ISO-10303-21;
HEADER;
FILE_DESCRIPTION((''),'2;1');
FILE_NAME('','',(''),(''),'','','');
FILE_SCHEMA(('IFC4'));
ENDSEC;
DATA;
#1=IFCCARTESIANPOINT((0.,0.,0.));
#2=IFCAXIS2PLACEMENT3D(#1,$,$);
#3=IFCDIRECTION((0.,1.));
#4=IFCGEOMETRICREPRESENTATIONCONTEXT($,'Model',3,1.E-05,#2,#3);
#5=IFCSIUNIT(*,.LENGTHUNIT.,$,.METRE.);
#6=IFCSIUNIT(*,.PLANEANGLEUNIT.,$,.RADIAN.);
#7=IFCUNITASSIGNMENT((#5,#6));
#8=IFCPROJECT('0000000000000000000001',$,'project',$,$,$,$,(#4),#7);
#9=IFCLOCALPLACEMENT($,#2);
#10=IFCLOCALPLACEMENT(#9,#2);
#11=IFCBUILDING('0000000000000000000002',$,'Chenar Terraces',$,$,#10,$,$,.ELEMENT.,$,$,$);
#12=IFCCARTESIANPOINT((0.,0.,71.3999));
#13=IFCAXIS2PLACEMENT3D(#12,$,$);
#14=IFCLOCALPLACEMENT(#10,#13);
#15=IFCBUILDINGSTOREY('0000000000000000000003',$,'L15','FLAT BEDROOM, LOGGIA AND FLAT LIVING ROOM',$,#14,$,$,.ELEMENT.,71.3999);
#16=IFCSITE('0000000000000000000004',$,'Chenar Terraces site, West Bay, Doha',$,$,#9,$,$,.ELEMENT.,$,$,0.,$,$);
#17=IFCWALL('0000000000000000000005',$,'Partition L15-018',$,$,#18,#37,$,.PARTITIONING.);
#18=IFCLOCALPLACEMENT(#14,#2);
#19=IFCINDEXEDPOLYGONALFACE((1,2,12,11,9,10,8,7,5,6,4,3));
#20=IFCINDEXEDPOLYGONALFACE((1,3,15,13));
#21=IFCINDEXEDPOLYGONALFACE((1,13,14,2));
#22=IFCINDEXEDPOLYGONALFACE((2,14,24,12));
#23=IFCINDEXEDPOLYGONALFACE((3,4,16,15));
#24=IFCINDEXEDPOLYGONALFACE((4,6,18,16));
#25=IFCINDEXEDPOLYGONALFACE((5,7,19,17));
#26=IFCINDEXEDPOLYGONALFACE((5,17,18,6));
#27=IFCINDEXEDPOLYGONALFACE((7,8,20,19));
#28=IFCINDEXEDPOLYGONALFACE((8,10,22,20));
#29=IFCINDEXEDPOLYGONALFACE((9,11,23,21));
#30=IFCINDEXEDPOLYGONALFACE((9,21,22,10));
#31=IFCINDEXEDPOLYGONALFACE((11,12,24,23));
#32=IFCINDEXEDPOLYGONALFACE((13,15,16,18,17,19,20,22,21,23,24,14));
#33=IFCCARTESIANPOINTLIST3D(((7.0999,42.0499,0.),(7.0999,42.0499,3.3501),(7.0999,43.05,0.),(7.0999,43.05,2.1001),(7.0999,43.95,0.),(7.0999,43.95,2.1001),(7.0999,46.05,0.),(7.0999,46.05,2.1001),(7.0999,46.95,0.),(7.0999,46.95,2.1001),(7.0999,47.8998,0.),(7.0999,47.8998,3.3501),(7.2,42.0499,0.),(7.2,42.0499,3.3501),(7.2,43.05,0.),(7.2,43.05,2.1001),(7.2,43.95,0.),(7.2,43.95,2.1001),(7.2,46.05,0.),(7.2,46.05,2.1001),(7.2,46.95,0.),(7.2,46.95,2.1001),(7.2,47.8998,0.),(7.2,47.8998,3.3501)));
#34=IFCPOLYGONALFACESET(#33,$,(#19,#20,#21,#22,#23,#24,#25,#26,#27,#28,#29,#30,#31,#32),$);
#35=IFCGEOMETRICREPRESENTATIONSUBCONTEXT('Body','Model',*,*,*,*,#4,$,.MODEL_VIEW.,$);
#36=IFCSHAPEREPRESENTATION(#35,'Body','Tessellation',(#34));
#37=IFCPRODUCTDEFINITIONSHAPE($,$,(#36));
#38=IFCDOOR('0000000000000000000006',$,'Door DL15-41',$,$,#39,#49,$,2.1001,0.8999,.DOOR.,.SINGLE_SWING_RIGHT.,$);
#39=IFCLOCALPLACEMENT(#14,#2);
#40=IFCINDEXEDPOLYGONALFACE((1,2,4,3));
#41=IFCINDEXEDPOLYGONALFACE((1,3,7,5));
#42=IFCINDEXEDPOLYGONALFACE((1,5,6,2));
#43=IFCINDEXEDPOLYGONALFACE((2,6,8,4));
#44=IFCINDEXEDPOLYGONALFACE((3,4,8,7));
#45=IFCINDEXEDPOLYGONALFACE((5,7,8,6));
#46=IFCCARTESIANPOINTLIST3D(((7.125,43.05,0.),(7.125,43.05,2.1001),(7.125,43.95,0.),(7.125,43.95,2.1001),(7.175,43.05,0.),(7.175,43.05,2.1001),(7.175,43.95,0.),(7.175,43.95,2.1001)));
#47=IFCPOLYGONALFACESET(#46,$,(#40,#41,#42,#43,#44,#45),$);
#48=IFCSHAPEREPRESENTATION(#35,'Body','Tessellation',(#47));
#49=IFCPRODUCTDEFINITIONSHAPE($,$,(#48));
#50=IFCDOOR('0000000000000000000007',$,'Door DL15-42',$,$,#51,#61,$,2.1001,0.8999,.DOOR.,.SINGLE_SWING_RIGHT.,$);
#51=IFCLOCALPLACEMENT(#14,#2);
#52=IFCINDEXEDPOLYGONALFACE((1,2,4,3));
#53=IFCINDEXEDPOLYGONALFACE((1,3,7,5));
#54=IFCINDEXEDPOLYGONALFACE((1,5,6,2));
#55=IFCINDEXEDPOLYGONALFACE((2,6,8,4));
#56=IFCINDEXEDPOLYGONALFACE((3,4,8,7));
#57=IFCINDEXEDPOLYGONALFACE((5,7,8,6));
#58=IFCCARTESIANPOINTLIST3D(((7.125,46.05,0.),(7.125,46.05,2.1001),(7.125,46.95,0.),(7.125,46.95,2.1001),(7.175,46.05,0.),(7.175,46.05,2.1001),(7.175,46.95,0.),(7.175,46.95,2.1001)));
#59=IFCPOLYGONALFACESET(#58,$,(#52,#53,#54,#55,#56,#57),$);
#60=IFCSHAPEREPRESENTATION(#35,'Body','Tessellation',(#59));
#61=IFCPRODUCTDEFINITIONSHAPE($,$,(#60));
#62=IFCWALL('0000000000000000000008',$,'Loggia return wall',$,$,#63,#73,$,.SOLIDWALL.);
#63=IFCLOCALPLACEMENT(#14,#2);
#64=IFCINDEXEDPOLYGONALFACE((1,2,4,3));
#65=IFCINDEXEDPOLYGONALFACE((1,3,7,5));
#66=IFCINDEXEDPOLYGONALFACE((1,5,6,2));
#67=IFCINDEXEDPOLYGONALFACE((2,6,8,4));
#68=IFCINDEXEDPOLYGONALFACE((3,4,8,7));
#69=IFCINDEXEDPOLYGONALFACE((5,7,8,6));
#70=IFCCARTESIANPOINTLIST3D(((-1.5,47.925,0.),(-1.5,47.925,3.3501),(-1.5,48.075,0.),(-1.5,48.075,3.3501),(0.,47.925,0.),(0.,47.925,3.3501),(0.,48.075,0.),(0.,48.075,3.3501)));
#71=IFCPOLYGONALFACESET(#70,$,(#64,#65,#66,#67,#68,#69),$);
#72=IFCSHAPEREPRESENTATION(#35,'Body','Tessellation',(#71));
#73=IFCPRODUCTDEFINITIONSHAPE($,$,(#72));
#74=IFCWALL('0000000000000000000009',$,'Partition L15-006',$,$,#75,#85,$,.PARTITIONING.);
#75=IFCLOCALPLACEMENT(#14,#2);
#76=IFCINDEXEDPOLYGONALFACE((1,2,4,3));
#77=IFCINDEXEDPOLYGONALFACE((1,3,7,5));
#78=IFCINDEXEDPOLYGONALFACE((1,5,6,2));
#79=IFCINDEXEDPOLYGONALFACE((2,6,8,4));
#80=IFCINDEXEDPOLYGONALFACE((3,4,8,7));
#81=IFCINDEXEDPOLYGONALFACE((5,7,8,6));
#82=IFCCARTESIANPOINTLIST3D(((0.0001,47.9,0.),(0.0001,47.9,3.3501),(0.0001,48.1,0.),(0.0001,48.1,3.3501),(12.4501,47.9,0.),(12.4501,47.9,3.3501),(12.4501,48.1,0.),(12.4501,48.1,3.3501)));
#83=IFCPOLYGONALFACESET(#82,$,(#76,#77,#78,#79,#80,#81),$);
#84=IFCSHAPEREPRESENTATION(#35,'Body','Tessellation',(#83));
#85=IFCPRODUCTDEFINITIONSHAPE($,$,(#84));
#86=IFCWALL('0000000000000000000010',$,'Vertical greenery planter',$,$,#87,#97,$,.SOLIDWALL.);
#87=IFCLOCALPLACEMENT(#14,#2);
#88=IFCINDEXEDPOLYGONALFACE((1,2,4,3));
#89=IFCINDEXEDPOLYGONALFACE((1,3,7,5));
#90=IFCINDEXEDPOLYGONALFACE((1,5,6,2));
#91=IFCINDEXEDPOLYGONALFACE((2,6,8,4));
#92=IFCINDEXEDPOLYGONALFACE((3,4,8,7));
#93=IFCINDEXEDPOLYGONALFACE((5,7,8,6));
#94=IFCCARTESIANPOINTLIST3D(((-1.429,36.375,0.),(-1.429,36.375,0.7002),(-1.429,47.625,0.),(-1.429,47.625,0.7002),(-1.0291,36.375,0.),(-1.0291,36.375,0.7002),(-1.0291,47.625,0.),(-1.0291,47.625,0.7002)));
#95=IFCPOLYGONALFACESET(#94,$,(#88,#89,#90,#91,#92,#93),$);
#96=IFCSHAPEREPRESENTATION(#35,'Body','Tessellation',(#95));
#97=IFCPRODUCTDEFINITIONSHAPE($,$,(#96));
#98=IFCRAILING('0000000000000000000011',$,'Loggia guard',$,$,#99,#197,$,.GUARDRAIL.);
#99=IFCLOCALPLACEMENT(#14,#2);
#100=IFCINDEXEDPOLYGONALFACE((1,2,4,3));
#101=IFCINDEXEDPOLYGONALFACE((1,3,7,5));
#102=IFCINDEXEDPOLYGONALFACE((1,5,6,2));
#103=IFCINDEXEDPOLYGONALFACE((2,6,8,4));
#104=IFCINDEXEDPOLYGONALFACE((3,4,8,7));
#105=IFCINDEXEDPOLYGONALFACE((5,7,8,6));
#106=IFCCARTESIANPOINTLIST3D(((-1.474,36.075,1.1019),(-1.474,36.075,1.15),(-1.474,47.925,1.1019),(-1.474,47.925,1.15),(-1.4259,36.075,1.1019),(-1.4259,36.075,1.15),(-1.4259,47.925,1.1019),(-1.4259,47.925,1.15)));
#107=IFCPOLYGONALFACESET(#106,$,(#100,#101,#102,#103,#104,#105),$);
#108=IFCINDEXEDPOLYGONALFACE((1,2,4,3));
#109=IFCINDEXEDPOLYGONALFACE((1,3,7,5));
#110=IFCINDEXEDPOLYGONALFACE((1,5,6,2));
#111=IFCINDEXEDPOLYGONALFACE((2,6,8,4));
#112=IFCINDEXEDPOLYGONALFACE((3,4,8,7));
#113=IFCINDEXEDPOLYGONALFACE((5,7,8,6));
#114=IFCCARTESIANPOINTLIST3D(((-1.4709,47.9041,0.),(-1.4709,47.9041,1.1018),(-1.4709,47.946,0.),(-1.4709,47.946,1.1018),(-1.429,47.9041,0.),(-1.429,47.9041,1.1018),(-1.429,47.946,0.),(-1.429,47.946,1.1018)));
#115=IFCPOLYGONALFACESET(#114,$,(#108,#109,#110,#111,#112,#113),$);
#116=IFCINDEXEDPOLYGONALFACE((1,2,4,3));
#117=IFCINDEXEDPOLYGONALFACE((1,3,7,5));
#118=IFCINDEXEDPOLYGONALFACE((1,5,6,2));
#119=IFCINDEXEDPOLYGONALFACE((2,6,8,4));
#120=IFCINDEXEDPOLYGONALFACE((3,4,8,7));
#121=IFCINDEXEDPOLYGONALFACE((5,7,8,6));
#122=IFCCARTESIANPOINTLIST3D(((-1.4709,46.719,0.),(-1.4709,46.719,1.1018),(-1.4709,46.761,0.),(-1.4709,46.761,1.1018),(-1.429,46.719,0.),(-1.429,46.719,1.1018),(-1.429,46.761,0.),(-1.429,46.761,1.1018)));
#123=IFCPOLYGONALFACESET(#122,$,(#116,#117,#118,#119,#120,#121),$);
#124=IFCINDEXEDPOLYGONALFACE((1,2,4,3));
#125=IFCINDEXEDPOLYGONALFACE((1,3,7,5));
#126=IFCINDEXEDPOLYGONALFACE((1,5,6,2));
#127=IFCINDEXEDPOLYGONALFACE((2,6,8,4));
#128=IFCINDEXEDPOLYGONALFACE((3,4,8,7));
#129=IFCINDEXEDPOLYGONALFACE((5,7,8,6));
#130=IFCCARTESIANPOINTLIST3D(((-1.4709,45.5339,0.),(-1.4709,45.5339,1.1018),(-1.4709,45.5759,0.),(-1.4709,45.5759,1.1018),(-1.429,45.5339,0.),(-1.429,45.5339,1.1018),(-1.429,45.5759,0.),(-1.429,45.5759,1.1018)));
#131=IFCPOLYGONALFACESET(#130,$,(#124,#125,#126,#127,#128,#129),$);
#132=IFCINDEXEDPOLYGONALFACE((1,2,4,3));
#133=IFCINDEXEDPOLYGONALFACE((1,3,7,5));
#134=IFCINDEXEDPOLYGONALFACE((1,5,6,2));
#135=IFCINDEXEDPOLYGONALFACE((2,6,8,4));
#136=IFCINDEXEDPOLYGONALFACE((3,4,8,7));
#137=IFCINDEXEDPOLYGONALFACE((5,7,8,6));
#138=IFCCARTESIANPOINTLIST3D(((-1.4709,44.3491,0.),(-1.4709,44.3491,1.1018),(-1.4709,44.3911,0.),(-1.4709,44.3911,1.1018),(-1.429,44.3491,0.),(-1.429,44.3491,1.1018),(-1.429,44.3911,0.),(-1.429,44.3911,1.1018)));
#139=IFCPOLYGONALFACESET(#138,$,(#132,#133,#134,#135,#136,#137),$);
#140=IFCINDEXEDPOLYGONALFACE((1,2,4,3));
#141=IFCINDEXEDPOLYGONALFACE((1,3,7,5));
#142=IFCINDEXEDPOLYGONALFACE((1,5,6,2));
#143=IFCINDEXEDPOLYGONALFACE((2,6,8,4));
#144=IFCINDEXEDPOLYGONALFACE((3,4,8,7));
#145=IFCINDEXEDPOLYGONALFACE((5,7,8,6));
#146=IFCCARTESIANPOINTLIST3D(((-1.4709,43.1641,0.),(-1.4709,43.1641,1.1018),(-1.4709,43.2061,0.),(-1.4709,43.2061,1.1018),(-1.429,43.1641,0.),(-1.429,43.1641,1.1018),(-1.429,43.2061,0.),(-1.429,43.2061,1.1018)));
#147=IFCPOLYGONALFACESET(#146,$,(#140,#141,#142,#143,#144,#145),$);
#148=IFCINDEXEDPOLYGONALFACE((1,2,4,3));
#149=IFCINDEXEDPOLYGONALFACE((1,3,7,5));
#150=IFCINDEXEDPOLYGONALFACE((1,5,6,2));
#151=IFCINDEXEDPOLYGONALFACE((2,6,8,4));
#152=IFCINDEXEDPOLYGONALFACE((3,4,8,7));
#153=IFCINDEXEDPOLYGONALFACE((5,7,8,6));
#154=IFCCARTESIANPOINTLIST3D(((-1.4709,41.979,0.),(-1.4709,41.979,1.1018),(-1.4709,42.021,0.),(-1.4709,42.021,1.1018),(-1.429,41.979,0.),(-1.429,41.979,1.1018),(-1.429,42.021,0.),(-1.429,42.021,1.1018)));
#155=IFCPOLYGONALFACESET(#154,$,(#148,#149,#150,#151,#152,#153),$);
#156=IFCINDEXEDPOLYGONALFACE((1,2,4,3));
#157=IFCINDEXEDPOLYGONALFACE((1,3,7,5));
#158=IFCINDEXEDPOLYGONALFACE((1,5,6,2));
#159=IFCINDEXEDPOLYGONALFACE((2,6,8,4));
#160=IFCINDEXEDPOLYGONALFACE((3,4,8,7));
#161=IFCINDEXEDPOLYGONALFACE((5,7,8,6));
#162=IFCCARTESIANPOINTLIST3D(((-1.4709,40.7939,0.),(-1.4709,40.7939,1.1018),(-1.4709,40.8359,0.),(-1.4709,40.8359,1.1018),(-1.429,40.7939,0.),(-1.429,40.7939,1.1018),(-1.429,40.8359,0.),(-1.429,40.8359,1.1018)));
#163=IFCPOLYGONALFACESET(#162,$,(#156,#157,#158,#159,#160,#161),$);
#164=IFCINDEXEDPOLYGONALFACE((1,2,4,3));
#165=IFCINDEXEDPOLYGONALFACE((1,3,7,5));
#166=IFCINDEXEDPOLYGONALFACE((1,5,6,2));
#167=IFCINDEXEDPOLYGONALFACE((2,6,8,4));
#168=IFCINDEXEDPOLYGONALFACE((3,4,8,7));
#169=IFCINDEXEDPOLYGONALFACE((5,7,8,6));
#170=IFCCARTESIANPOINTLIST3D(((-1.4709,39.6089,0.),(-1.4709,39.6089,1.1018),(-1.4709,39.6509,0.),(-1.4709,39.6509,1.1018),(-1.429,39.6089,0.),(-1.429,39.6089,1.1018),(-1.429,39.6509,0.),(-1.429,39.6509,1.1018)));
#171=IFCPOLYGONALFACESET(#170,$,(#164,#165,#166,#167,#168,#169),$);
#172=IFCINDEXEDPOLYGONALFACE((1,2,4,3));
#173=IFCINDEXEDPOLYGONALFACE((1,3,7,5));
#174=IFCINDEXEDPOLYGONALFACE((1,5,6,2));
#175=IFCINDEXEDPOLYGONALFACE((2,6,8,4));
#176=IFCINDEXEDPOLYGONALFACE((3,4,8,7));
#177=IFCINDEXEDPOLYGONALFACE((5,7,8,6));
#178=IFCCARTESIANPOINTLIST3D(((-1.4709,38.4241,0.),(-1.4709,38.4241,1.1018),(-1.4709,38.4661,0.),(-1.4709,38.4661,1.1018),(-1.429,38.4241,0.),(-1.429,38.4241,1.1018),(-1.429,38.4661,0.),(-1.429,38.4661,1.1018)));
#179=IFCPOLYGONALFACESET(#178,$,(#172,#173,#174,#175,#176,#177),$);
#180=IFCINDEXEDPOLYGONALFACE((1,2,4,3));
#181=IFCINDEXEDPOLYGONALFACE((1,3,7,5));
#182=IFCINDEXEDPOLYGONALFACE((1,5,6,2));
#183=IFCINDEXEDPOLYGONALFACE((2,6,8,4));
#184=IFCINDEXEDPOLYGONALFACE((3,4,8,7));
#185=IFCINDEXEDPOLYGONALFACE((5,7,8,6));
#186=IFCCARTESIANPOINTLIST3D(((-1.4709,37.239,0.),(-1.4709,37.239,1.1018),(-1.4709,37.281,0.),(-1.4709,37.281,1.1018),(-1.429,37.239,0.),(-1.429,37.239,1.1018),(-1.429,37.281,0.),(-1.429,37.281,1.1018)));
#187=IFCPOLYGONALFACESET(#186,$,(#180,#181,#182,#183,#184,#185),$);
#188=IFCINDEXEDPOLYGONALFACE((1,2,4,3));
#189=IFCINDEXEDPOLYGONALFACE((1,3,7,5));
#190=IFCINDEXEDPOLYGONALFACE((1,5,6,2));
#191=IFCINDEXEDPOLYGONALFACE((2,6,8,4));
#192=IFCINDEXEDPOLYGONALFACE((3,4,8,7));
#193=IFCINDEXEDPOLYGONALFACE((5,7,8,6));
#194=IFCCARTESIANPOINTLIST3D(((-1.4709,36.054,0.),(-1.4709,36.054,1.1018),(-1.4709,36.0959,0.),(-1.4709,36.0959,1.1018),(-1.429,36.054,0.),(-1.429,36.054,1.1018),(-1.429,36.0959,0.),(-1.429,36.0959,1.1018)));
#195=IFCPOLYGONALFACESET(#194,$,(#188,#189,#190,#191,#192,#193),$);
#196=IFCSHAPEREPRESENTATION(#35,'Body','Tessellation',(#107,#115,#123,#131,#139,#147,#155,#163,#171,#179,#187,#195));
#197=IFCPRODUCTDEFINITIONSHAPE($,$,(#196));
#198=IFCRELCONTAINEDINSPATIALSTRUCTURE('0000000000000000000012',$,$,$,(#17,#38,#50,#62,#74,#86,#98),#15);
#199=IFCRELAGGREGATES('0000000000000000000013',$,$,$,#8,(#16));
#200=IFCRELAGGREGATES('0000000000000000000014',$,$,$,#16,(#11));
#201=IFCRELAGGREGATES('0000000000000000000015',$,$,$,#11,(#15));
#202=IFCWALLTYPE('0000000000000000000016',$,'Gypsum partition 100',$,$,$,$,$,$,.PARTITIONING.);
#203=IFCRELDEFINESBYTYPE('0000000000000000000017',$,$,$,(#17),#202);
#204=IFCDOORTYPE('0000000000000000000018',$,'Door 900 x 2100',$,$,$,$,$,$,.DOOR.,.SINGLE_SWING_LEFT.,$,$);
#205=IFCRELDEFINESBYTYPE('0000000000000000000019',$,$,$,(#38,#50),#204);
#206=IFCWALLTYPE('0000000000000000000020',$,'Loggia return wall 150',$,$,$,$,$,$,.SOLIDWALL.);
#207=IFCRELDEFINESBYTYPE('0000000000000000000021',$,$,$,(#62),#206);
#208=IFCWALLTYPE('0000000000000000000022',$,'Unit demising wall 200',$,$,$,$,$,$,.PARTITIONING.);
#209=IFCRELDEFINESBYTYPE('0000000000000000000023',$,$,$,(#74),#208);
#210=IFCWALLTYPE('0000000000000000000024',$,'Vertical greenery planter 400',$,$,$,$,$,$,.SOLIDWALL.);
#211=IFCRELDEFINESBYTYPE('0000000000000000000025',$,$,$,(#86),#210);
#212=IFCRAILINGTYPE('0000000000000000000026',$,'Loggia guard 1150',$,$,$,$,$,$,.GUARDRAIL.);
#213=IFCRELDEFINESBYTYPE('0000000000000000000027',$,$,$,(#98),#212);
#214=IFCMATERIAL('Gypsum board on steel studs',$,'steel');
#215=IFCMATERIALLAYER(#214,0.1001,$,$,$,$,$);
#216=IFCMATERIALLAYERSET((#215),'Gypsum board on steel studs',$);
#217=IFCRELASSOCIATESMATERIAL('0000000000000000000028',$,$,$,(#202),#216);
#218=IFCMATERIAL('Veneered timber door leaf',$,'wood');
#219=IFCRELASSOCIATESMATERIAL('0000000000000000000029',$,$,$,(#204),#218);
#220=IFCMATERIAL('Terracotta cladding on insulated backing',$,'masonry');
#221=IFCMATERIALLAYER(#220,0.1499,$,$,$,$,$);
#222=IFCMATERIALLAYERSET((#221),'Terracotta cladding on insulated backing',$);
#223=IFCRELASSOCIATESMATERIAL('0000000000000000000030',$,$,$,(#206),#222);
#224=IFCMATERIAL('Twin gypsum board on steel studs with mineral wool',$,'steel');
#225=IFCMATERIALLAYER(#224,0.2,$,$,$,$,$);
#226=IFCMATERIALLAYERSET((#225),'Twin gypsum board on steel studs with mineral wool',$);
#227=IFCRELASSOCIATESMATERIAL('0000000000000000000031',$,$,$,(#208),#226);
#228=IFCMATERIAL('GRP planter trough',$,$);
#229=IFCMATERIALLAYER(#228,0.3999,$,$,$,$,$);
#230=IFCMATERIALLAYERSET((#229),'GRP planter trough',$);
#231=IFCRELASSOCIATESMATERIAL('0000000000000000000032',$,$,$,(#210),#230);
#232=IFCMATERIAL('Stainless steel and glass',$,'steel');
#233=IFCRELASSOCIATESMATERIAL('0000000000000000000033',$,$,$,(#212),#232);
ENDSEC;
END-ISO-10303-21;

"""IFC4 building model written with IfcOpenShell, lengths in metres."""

from ifc_helpers import new_model, si_unit, direction, frame, frame_2d, origin, origin_2d, place, context, subcontext, project, spatial, rectangle, extrude, material, layer, layer_set, type_object, element, fill, save


model = new_model("IFC4")

# Units and contexts
model_context = context("Model", 3, precision=1e-05, world=origin(), true_north=direction((0.0, 1.0)))
body_context = subcontext(model_context, "Body", "Model", "MODEL_VIEW")
ifc_project = project(units=[si_unit("LENGTHUNIT", "METRE"), si_unit("PLANEANGLEUNIT", "RADIAN")], contexts=[model_context])

# Site, building, storey
site_placement = place(None, origin())
site = spatial("IfcSite", under=ifc_project, at=site_placement, Name="Chenar Terraces site, West Bay, Doha", CompositionType="ELEMENT", RefElevation=0.0)
building_placement = place(site_placement, origin())
building = spatial("IfcBuilding", under=site, at=building_placement, Name="Chenar Terraces", CompositionType="ELEMENT")
storey_placement = place(building_placement, frame((0.0, 0.0, 71.3999)))
storey = spatial("IfcBuildingStorey", under=building, at=storey_placement, Name="L15", Description="FLAT BEDROOM, LOGGIA AND FLAT LIVING ROOM", CompositionType="ELEMENT", Elevation=71.3999)

# Shared definitions
ifc_material_1 = material(Name="Gypsum board on steel studs", Category="steel")
ifc_layer_1 = layer(ifc_material_1, 0.1001)
ifc_layer_set_1 = layer_set([ifc_layer_1], Name="Gypsum board on steel studs")
wall_type_1 = type_object("IfcWallType", Name="Gypsum partition 100", PredefinedType="PARTITIONING", material=ifc_layer_set_1)

# Wall, openings, doors
wall_1_placement = place(storey_placement, frame((7.1499, 42.05, 0.0), z_axis=(0.0, 0.0, 1.0), x_axis=(0.0, 1.0, 0.0)))
wall_1 = element("IfcWall", 1, at=wall_1_placement, inside=storey, type_object=wall_type_1, Name="Partition L15-018", PredefinedType="PARTITIONING", context=body_context, shape_type="SweptSolid", body=[
    extrude(rectangle(XDim=5.8499, YDim=0.1001, at=frame_2d((2.9248, 0.0))), origin(), (0.0, 0.0, 1.0), 3.3501),
])
opening_1_placement = place(wall_1_placement, frame((1.0, 0.0, 0.0)))
opening_1 = element("IfcOpeningElement", 2, at=opening_1_placement, cuts=wall_1, PredefinedType="OPENING", context=body_context, shape_type="SweptSolid", body=[
    extrude(rectangle(XDim=0.8999, YDim=2.1001, at=frame_2d((0.45, 1.05))), frame((0.0, 0.0601, 0.0), z_axis=(0.0, -1.0, 0.0), x_axis=(1.0, 0.0, 0.0)), (0.0, 0.0, 1.0), 0.1201),
])
opening_2_placement = place(wall_1_placement, frame((4.0, 0.0, 0.0)))
opening_2 = element("IfcOpeningElement", 3, at=opening_2_placement, cuts=wall_1, PredefinedType="OPENING", context=body_context, shape_type="SweptSolid", body=[
    extrude(rectangle(XDim=0.8999, YDim=2.1001, at=frame_2d((0.45, 1.05))), frame((0.0, 0.0601, 0.0), z_axis=(0.0, -1.0, 0.0), x_axis=(1.0, 0.0, 0.0)), (0.0, 0.0, 1.0), 0.1201),
])
ifc_material_2 = material(Name="Veneered timber door leaf", Category="wood")
door_type_1 = type_object("IfcDoorType", Name="Door 900 x 2100", OperationType="SINGLE_SWING_LEFT", PredefinedType="DOOR", material=ifc_material_2)
door_1_placement = place(opening_1_placement, origin())
door_1 = element("IfcDoor", 4, at=door_1_placement, inside=storey, type_object=door_type_1, Name="Door DL15-41", OperationType="SINGLE_SWING_RIGHT", OverallHeight=2.1001, OverallWidth=0.8999, PredefinedType="DOOR", context=body_context, shape_type="SweptSolid", body=[
    extrude(rectangle(XDim=0.8999, YDim=2.1001, at=frame_2d((0.45, 1.05))), frame((0.0, 0.0249, 0.0), z_axis=(0.0, -1.0, 0.0), x_axis=(1.0, 0.0, 0.0)), (0.0, 0.0, 1.0), 0.05),
])
fill(opening_1, door_1)
door_2_placement = place(opening_2_placement, origin())
door_2 = element("IfcDoor", 5, at=door_2_placement, inside=storey, type_object=door_type_1, Name="Door DL15-42", OperationType="SINGLE_SWING_RIGHT", OverallHeight=2.1001, OverallWidth=0.8999, PredefinedType="DOOR", context=body_context, shape_type="SweptSolid", body=[
    extrude(rectangle(XDim=0.8999, YDim=2.1001, at=frame_2d((0.45, 1.05))), frame((0.0, 0.0249, 0.0), z_axis=(0.0, -1.0, 0.0), x_axis=(1.0, 0.0, 0.0)), (0.0, 0.0, 1.0), 0.05),
])
fill(opening_2, door_2)

# Walls
ifc_material_3 = material(Name="Terracotta cladding on insulated backing", Category="masonry")
ifc_layer_2 = layer(ifc_material_3, 0.1499)
ifc_layer_set_2 = layer_set([ifc_layer_2], Name="Terracotta cladding on insulated backing")
wall_type_2 = type_object("IfcWallType", Name="Loggia return wall 150", PredefinedType="SOLIDWALL", material=ifc_layer_set_2)
wall_2_placement = place(storey_placement, frame((-1.5, 48.0, 0.0), z_axis=(0.0, 0.0, 1.0), x_axis=(1.0, 0.0, 0.0)))
element("IfcWall", 6, at=wall_2_placement, inside=storey, type_object=wall_type_2, Name="Loggia return wall", PredefinedType="SOLIDWALL", context=body_context, shape_type="SweptSolid", body=[
    extrude(rectangle(XDim=1.5, YDim=0.1499, at=frame_2d((0.75, 0.0))), origin(), (0.0, 0.0, 1.0), 3.3501),
])
ifc_material_4 = material(Name="Twin gypsum board on steel studs with mineral wool", Category="steel")
ifc_layer_3 = layer(ifc_material_4, 0.2)
ifc_layer_set_3 = layer_set([ifc_layer_3], Name="Twin gypsum board on steel studs with mineral wool")
wall_type_3 = type_object("IfcWallType", Name="Unit demising wall 200", PredefinedType="PARTITIONING", material=ifc_layer_set_3)
wall_3_placement = place(storey_placement, frame((0.0, 48.0, 0.0), z_axis=(0.0, 0.0, 1.0), x_axis=(1.0, 0.0, 0.0)))
element("IfcWall", 7, at=wall_3_placement, inside=storey, type_object=wall_type_3, Name="Partition L15-006", PredefinedType="PARTITIONING", context=body_context, shape_type="SweptSolid", body=[
    extrude(rectangle(XDim=12.45, YDim=0.2, at=frame_2d((6.2251, 0.0))), origin(), (0.0, 0.0, 1.0), 3.3501),
])
ifc_material_5 = material(Name="GRP planter trough")
ifc_layer_4 = layer(ifc_material_5, 0.3999)
ifc_layer_set_4 = layer_set([ifc_layer_4], Name="GRP planter trough")
wall_type_4 = type_object("IfcWallType", Name="Vertical greenery planter 400", PredefinedType="SOLIDWALL", material=ifc_layer_set_4)
wall_4_placement = place(storey_placement, frame((-1.229, 47.625, 0.0), z_axis=(0.0, 0.0, 1.0), x_axis=(0.0, -1.0, 0.0)))
element("IfcWall", 8, at=wall_4_placement, inside=storey, type_object=wall_type_4, Name="Vertical greenery planter", PredefinedType="SOLIDWALL", context=body_context, shape_type="SweptSolid", body=[
    extrude(rectangle(XDim=11.25, YDim=0.3999, at=frame_2d((5.625, 0.0))), origin(), (0.0, 0.0, 1.0), 0.7002),
])

# Railing
ifc_material_6 = material(Name="Stainless steel and glass", Category="steel")
railing_type = type_object("IfcRailingType", Name="Loggia guard 1150", PredefinedType="GUARDRAIL", material=ifc_material_6)
railing_placement = place(storey_placement, frame((-1.45, 47.925, 0.0)))
element("IfcRailing", 9, at=railing_placement, inside=storey, type_object=railing_type, Name="Loggia guard", PredefinedType="GUARDRAIL", context=body_context, shape_type="SweptSolid", body=[
    extrude(rectangle(XDim=0.0481, YDim=0.0481, at=origin_2d()), frame((0.0, 0.0, 1.126), z_axis=(0.0, -1.0, 0.0), x_axis=(1.0, 0.0, 0.0)), (0.0, 0.0, 1.0), 11.8501),
    extrude(rectangle(XDim=0.042, YDim=0.042, at=origin_2d()), origin(), (0.0, 0.0, 1.0), 1.1018),
    extrude(rectangle(XDim=0.042, YDim=0.042, at=origin_2d()), frame((0.0, -1.1851, 0.0)), (0.0, 0.0, 1.0), 1.1018),
    extrude(rectangle(XDim=0.042, YDim=0.042, at=origin_2d()), frame((0.0, -2.3701, 0.0)), (0.0, 0.0, 1.0), 1.1018),
    extrude(rectangle(XDim=0.042, YDim=0.042, at=origin_2d()), frame((0.0, -3.5549, 0.0)), (0.0, 0.0, 1.0), 1.1018),
    extrude(rectangle(XDim=0.042, YDim=0.042, at=origin_2d()), frame((0.0, -4.74, 0.0)), (0.0, 0.0, 1.0), 1.1018),
    extrude(rectangle(XDim=0.042, YDim=0.042, at=origin_2d()), frame((0.0, -5.925, 0.0)), (0.0, 0.0, 1.0), 1.1018),
    extrude(rectangle(XDim=0.042, YDim=0.042, at=origin_2d()), frame((0.0, -7.1101, 0.0)), (0.0, 0.0, 1.0), 1.1018),
    extrude(rectangle(XDim=0.042, YDim=0.042, at=origin_2d()), frame((0.0, -8.2952, 0.0)), (0.0, 0.0, 1.0), 1.1018),
    extrude(rectangle(XDim=0.042, YDim=0.042, at=origin_2d()), frame((0.0, -9.48, 0.0)), (0.0, 0.0, 1.0), 1.1018),
    extrude(rectangle(XDim=0.042, YDim=0.042, at=origin_2d()), frame((0.0, -10.665, 0.0)), (0.0, 0.0, 1.0), 1.1018),
    extrude(rectangle(XDim=0.042, YDim=0.042, at=origin_2d()), frame((0.0, -11.8501, 0.0)), (0.0, 0.0, 1.0), 1.1018),
])

save(model, "model.ifc")
